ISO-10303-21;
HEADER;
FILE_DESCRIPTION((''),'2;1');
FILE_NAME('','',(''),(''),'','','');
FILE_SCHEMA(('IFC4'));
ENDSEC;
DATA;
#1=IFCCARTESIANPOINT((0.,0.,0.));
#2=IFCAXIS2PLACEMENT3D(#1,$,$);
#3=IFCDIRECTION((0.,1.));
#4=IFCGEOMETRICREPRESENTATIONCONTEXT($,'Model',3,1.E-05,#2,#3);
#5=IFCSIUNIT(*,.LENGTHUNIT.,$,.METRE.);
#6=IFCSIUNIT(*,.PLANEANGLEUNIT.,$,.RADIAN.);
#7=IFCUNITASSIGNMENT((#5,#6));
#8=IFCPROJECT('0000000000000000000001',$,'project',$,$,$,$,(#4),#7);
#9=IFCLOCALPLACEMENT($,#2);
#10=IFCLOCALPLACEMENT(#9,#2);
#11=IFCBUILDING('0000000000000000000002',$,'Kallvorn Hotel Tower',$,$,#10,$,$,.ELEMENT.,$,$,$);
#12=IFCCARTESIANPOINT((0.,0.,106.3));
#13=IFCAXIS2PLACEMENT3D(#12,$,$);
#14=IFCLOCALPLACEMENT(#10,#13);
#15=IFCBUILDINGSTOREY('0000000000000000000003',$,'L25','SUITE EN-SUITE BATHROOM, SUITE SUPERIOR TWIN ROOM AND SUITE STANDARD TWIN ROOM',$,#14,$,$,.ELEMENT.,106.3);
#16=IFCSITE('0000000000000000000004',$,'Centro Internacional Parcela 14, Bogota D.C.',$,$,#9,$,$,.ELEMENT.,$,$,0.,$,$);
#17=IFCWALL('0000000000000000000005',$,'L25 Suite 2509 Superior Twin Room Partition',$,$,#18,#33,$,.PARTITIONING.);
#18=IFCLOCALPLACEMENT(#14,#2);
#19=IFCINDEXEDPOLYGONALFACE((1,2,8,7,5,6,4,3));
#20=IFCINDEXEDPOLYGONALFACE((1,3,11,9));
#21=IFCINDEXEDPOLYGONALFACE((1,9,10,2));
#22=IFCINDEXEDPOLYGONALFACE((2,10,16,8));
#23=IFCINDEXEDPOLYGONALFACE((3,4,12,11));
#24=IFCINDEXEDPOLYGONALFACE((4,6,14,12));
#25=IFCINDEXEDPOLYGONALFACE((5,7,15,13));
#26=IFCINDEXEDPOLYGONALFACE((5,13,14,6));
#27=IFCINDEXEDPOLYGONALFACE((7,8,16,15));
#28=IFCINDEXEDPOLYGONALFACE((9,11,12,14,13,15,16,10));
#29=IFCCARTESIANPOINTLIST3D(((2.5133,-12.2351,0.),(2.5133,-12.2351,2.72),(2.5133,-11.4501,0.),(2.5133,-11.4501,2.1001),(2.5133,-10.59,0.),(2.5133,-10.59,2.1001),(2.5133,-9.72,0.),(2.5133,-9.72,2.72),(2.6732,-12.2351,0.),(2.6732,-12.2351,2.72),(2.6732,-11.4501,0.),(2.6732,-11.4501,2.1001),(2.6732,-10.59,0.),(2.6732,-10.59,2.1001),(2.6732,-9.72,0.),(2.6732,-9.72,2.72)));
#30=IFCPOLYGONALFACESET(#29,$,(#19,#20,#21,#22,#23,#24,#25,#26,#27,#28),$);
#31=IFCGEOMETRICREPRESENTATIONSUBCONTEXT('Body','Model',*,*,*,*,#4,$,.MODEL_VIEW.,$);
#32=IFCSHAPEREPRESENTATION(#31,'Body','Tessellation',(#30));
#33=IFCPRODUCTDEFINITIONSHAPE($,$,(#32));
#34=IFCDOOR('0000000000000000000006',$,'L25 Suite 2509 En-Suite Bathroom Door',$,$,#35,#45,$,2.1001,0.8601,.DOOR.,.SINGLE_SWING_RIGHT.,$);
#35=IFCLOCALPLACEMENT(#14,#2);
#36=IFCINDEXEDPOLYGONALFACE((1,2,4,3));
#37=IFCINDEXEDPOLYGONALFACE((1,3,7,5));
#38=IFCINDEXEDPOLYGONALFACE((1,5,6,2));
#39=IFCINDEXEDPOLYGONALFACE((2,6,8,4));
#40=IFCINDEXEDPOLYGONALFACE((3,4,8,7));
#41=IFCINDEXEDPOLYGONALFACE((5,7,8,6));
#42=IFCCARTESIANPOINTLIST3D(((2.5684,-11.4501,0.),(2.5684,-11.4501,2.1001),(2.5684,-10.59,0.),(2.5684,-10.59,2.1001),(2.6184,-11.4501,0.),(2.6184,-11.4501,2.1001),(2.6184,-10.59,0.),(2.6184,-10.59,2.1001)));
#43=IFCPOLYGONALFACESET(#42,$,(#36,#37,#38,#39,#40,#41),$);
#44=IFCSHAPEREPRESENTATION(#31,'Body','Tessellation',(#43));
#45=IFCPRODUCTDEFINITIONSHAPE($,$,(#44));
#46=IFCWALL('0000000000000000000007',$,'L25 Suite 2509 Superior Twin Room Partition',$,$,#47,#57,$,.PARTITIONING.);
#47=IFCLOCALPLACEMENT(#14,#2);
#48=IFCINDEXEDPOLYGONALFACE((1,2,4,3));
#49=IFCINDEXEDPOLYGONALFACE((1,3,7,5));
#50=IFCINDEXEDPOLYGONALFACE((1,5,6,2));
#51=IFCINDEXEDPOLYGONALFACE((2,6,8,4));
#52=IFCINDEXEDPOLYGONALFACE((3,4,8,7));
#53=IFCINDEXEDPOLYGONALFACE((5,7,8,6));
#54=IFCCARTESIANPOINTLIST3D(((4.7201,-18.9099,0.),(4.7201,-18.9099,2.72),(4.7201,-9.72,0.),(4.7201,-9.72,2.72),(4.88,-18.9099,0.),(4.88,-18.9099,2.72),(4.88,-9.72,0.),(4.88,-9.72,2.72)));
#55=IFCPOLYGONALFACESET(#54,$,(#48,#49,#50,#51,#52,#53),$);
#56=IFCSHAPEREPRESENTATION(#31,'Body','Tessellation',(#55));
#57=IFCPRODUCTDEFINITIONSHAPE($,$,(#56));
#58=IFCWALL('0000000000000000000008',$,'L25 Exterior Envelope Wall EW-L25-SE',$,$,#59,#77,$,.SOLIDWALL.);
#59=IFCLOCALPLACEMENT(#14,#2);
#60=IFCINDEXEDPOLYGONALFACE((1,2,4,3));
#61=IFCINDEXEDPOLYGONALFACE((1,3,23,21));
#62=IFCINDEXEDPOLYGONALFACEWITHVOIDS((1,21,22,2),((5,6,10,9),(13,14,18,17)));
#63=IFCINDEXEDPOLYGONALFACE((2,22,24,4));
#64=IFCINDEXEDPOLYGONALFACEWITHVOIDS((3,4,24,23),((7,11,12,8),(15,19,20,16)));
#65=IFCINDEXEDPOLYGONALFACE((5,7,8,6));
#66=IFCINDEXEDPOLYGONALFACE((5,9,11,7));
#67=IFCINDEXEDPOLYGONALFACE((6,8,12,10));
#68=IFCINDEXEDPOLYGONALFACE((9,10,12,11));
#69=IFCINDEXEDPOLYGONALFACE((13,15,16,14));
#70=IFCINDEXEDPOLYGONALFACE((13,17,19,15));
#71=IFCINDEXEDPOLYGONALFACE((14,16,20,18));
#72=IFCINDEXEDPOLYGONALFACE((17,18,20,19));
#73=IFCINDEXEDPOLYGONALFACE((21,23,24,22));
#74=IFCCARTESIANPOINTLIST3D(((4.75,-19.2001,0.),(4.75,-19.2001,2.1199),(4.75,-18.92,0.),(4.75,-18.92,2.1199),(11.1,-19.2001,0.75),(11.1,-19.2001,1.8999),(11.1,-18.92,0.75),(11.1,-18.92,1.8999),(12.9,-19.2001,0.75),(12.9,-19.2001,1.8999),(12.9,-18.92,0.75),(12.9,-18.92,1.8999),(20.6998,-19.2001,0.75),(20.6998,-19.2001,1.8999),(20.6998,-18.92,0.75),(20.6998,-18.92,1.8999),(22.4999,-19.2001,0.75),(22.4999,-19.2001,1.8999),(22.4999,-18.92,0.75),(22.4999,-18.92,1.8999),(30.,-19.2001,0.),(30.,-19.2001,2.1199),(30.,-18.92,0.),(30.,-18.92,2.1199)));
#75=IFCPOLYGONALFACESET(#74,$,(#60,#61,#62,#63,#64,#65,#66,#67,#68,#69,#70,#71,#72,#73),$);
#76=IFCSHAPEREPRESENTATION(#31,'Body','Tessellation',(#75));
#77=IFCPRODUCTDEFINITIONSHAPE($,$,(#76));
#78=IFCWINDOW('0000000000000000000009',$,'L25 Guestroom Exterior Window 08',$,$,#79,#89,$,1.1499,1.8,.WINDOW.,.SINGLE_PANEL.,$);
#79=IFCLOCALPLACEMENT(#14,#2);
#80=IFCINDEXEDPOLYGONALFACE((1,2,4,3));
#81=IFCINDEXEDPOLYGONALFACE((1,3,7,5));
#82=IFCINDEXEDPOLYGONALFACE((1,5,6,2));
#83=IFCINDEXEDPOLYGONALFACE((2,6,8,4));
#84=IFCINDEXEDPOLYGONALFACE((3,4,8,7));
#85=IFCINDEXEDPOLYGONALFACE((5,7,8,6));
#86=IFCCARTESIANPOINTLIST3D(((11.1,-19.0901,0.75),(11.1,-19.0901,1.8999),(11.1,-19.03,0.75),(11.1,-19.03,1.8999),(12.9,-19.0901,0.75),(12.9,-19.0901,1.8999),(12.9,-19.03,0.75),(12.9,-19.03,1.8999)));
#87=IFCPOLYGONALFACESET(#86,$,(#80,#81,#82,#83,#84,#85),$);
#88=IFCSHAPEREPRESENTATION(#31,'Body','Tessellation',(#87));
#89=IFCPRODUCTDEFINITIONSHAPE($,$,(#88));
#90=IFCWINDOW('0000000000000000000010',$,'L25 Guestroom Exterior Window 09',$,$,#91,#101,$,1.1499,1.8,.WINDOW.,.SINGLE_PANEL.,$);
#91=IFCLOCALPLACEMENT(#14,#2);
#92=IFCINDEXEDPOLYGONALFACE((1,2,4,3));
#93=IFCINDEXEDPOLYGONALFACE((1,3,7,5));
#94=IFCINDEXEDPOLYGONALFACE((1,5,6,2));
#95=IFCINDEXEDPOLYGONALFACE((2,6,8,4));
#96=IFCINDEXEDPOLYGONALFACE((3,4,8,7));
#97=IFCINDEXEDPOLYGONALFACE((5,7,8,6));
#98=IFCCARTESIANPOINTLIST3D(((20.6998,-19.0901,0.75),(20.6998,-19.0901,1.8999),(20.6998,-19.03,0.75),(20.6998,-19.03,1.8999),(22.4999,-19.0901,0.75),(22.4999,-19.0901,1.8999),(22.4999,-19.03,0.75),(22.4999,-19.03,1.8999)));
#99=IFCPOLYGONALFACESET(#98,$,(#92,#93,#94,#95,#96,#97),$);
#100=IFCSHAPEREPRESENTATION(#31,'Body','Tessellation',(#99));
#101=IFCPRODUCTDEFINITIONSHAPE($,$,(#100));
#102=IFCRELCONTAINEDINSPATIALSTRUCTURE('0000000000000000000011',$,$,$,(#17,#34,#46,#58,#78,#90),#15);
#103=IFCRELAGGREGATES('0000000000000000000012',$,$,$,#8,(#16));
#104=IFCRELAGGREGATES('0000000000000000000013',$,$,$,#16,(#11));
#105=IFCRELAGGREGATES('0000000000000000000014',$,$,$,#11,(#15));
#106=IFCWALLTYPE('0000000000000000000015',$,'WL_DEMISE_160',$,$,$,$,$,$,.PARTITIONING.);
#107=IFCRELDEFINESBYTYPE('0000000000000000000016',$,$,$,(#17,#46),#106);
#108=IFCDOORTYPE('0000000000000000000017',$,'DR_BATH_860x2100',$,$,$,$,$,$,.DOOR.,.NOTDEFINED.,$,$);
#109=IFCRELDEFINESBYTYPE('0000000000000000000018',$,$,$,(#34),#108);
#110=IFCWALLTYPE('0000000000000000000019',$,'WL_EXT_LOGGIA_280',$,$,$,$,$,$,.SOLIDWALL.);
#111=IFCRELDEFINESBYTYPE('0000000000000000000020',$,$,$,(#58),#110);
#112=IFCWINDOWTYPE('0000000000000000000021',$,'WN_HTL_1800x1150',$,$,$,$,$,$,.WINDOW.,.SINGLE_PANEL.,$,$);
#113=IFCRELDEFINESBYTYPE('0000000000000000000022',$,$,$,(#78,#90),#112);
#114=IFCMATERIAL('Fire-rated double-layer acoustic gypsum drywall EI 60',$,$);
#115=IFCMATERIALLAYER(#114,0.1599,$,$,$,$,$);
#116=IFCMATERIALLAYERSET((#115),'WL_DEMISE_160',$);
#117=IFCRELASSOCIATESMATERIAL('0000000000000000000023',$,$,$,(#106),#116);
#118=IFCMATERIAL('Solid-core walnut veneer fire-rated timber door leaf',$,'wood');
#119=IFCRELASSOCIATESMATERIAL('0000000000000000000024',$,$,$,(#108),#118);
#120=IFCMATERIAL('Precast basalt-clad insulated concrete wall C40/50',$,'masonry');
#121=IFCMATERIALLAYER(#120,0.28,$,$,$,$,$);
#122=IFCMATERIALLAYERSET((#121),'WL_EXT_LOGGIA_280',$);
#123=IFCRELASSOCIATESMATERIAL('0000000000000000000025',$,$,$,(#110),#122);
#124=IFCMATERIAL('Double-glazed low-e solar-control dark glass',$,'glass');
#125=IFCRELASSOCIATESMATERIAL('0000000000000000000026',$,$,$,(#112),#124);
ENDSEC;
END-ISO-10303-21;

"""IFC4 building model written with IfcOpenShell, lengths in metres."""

from ifc_helpers import new_model, si_unit, direction, frame, frame_2d, origin, place, context, subcontext, project, spatial, rectangle, extrude, material, layer, layer_set, type_object, element, fill, save


model = new_model("IFC4")

# Units and contexts
model_context = context("Model", 3, precision=1e-05, world=origin(), true_north=direction((0.0, 1.0)))
body_context = subcontext(model_context, "Body", "Model", "MODEL_VIEW")
ifc_project = project(units=[si_unit("LENGTHUNIT", "METRE"), si_unit("PLANEANGLEUNIT", "RADIAN")], contexts=[model_context])

# Site, building, storey
site_placement = place(None, origin())
site = spatial("IfcSite", under=ifc_project, at=site_placement, Name="Centro Internacional Parcela 14, Bogota D.C.", CompositionType="ELEMENT", RefElevation=0.0)
building_placement = place(site_placement, origin())
building = spatial("IfcBuilding", under=site, at=building_placement, Name="Kallvorn Hotel Tower", CompositionType="ELEMENT")
storey_placement = place(building_placement, frame((0.0, 0.0, 106.3)))
storey = spatial("IfcBuildingStorey", under=building, at=storey_placement, Name="L25", Description="SUITE EN-SUITE BATHROOM, SUITE SUPERIOR TWIN ROOM AND SUITE STANDARD TWIN ROOM", CompositionType="ELEMENT", Elevation=106.3)

# Shared definitions
ifc_material_1 = material(Name="Fire-rated double-layer acoustic gypsum drywall EI 60")
ifc_layer_1 = layer(ifc_material_1, 0.1599)
ifc_layer_set_1 = layer_set([ifc_layer_1], Name="WL_DEMISE_160")
wall_type_1 = type_object("IfcWallType", Name="WL_DEMISE_160", PredefinedType="PARTITIONING", material=ifc_layer_set_1)

# Wall, opening, door
wall_1_placement = place(storey_placement, frame((2.5933, -12.2351, 0.0), z_axis=(0.0, 0.0, 1.0), x_axis=(0.0, 1.0, 0.0)))
wall_1 = element("IfcWall", 1, at=wall_1_placement, inside=storey, type_object=wall_type_1, Name="L25 Suite 2509 Superior Twin Room Partition", PredefinedType="PARTITIONING", context=body_context, shape_type="SweptSolid", body=[
    extrude(rectangle(XDim=2.5151, YDim=0.1599, at=frame_2d((1.2576, 0.0))), origin(), (0.0, 0.0, 1.0), 2.72),
])
opening_1_placement = place(wall_1_placement, frame((0.7849, 0.0, 0.0)))
opening_1 = element("IfcOpeningElement", 2, at=opening_1_placement, cuts=wall_1, PredefinedType="OPENING", context=body_context, shape_type="SweptSolid", body=[
    extrude(rectangle(XDim=0.8601, YDim=2.1001, at=frame_2d((0.4302, 1.05))), frame((0.0, 0.095, 0.0), z_axis=(0.0, -1.0, 0.0), x_axis=(1.0, 0.0, 0.0)), (0.0, 0.0, 1.0), 0.1899),
])
ifc_material_2 = material(Name="Solid-core walnut veneer fire-rated timber door leaf", Category="wood")
door_type = type_object("IfcDoorType", Name="DR_BATH_860x2100", OperationType="NOTDEFINED", PredefinedType="DOOR", material=ifc_material_2)
door_placement = place(opening_1_placement, origin())
door = element("IfcDoor", 3, at=door_placement, inside=storey, type_object=door_type, Name="L25 Suite 2509 En-Suite Bathroom Door", OperationType="SINGLE_SWING_RIGHT", OverallHeight=2.1001, OverallWidth=0.8601, PredefinedType="DOOR", context=body_context, shape_type="SweptSolid", body=[
    extrude(rectangle(XDim=0.8601, YDim=2.1001, at=frame_2d((0.4302, 1.05))), frame((0.0, 0.0249, 0.0), z_axis=(0.0, -1.0, 0.0), x_axis=(1.0, 0.0, 0.0)), (0.0, 0.0, 1.0), 0.05),
])
fill(opening_1, door)

# Wall
wall_2_placement = place(storey_placement, frame((4.8, -18.9099, 0.0), z_axis=(0.0, 0.0, 1.0), x_axis=(0.0, 1.0, 0.0)))
element("IfcWall", 4, at=wall_2_placement, inside=storey, type_object=wall_type_1, Name="L25 Suite 2509 Superior Twin Room Partition", PredefinedType="PARTITIONING", context=body_context, shape_type="SweptSolid", body=[
    extrude(rectangle(XDim=9.1899, YDim=0.1599, at=frame_2d((4.595, 0.0))), origin(), (0.0, 0.0, 1.0), 2.72),
])

# Wall, openings, windows
ifc_material_3 = material(Name="Precast basalt-clad insulated concrete wall C40/50", Category="masonry")
ifc_layer_2 = layer(ifc_material_3, 0.28)
ifc_layer_set_2 = layer_set([ifc_layer_2], Name="WL_EXT_LOGGIA_280")
wall_type_2 = type_object("IfcWallType", Name="WL_EXT_LOGGIA_280", PredefinedType="SOLIDWALL", material=ifc_layer_set_2)
wall_3_placement = place(storey_placement, frame((4.75, -19.0601, 0.0), z_axis=(0.0, 0.0, 1.0), x_axis=(1.0, 0.0, 0.0)))
wall_3 = element("IfcWall", 5, at=wall_3_placement, inside=storey, type_object=wall_type_2, Name="L25 Exterior Envelope Wall EW-L25-SE", PredefinedType="SOLIDWALL", context=body_context, shape_type="SweptSolid", body=[
    extrude(rectangle(XDim=25.25, YDim=0.28, at=frame_2d((12.625, 0.0))), origin(), (0.0, 0.0, 1.0), 2.1199),
])
opening_2_placement = place(wall_3_placement, frame((6.3501, 0.0, 0.75)))
opening_2 = element("IfcOpeningElement", 6, at=opening_2_placement, cuts=wall_3, PredefinedType="OPENING", context=body_context, shape_type="SweptSolid", body=[
    extrude(rectangle(XDim=1.8, YDim=1.1499, at=frame_2d((0.8999, 0.575))), frame((0.0, 0.155, 0.0), z_axis=(0.0, -1.0, 0.0), x_axis=(1.0, 0.0, 0.0)), (0.0, 0.0, 1.0), 0.3101),
])
opening_3_placement = place(wall_3_placement, frame((15.95, 0.0, 0.75)))
opening_3 = element("IfcOpeningElement", 7, at=opening_3_placement, cuts=wall_3, PredefinedType="OPENING", context=body_context, shape_type="SweptSolid", body=[
    extrude(rectangle(XDim=1.8, YDim=1.1499, at=frame_2d((0.8999, 0.575))), frame((0.0, 0.155, 0.0), z_axis=(0.0, -1.0, 0.0), x_axis=(1.0, 0.0, 0.0)), (0.0, 0.0, 1.0), 0.3101),
])
ifc_material_4 = material(Name="Double-glazed low-e solar-control dark glass", Category="glass")
window_type = type_object("IfcWindowType", Name="WN_HTL_1800x1150", PartitioningType="SINGLE_PANEL", PredefinedType="WINDOW", material=ifc_material_4)
window_1_placement = place(opening_2_placement, origin())
window_1 = element("IfcWindow", 8, at=window_1_placement, inside=storey, type_object=window_type, Name="L25 Guestroom Exterior Window 08", OverallHeight=1.1499, OverallWidth=1.8, PartitioningType="SINGLE_PANEL", PredefinedType="WINDOW", context=body_context, shape_type="SweptSolid", body=[
    extrude(rectangle(XDim=1.8, YDim=1.1499, at=frame_2d((0.8999, 0.575))), frame((0.0, 0.03, 0.0), z_axis=(0.0, -1.0, 0.0), x_axis=(1.0, 0.0, 0.0)), (0.0, 0.0, 1.0), 0.0601),
])
fill(opening_2, window_1)
window_2_placement = place(opening_3_placement, origin())
window_2 = element("IfcWindow", 9, at=window_2_placement, inside=storey, type_object=window_type, Name="L25 Guestroom Exterior Window 09", OverallHeight=1.1499, OverallWidth=1.8, PartitioningType="SINGLE_PANEL", PredefinedType="WINDOW", context=body_context, shape_type="SweptSolid", body=[
    extrude(rectangle(XDim=1.8, YDim=1.1499, at=frame_2d((0.8999, 0.575))), frame((0.0, 0.03, 0.0), z_axis=(0.0, -1.0, 0.0), x_axis=(1.0, 0.0, 0.0)), (0.0, 0.0, 1.0), 0.0601),
])
fill(opening_3, window_2)

save(model, "model.ifc")
